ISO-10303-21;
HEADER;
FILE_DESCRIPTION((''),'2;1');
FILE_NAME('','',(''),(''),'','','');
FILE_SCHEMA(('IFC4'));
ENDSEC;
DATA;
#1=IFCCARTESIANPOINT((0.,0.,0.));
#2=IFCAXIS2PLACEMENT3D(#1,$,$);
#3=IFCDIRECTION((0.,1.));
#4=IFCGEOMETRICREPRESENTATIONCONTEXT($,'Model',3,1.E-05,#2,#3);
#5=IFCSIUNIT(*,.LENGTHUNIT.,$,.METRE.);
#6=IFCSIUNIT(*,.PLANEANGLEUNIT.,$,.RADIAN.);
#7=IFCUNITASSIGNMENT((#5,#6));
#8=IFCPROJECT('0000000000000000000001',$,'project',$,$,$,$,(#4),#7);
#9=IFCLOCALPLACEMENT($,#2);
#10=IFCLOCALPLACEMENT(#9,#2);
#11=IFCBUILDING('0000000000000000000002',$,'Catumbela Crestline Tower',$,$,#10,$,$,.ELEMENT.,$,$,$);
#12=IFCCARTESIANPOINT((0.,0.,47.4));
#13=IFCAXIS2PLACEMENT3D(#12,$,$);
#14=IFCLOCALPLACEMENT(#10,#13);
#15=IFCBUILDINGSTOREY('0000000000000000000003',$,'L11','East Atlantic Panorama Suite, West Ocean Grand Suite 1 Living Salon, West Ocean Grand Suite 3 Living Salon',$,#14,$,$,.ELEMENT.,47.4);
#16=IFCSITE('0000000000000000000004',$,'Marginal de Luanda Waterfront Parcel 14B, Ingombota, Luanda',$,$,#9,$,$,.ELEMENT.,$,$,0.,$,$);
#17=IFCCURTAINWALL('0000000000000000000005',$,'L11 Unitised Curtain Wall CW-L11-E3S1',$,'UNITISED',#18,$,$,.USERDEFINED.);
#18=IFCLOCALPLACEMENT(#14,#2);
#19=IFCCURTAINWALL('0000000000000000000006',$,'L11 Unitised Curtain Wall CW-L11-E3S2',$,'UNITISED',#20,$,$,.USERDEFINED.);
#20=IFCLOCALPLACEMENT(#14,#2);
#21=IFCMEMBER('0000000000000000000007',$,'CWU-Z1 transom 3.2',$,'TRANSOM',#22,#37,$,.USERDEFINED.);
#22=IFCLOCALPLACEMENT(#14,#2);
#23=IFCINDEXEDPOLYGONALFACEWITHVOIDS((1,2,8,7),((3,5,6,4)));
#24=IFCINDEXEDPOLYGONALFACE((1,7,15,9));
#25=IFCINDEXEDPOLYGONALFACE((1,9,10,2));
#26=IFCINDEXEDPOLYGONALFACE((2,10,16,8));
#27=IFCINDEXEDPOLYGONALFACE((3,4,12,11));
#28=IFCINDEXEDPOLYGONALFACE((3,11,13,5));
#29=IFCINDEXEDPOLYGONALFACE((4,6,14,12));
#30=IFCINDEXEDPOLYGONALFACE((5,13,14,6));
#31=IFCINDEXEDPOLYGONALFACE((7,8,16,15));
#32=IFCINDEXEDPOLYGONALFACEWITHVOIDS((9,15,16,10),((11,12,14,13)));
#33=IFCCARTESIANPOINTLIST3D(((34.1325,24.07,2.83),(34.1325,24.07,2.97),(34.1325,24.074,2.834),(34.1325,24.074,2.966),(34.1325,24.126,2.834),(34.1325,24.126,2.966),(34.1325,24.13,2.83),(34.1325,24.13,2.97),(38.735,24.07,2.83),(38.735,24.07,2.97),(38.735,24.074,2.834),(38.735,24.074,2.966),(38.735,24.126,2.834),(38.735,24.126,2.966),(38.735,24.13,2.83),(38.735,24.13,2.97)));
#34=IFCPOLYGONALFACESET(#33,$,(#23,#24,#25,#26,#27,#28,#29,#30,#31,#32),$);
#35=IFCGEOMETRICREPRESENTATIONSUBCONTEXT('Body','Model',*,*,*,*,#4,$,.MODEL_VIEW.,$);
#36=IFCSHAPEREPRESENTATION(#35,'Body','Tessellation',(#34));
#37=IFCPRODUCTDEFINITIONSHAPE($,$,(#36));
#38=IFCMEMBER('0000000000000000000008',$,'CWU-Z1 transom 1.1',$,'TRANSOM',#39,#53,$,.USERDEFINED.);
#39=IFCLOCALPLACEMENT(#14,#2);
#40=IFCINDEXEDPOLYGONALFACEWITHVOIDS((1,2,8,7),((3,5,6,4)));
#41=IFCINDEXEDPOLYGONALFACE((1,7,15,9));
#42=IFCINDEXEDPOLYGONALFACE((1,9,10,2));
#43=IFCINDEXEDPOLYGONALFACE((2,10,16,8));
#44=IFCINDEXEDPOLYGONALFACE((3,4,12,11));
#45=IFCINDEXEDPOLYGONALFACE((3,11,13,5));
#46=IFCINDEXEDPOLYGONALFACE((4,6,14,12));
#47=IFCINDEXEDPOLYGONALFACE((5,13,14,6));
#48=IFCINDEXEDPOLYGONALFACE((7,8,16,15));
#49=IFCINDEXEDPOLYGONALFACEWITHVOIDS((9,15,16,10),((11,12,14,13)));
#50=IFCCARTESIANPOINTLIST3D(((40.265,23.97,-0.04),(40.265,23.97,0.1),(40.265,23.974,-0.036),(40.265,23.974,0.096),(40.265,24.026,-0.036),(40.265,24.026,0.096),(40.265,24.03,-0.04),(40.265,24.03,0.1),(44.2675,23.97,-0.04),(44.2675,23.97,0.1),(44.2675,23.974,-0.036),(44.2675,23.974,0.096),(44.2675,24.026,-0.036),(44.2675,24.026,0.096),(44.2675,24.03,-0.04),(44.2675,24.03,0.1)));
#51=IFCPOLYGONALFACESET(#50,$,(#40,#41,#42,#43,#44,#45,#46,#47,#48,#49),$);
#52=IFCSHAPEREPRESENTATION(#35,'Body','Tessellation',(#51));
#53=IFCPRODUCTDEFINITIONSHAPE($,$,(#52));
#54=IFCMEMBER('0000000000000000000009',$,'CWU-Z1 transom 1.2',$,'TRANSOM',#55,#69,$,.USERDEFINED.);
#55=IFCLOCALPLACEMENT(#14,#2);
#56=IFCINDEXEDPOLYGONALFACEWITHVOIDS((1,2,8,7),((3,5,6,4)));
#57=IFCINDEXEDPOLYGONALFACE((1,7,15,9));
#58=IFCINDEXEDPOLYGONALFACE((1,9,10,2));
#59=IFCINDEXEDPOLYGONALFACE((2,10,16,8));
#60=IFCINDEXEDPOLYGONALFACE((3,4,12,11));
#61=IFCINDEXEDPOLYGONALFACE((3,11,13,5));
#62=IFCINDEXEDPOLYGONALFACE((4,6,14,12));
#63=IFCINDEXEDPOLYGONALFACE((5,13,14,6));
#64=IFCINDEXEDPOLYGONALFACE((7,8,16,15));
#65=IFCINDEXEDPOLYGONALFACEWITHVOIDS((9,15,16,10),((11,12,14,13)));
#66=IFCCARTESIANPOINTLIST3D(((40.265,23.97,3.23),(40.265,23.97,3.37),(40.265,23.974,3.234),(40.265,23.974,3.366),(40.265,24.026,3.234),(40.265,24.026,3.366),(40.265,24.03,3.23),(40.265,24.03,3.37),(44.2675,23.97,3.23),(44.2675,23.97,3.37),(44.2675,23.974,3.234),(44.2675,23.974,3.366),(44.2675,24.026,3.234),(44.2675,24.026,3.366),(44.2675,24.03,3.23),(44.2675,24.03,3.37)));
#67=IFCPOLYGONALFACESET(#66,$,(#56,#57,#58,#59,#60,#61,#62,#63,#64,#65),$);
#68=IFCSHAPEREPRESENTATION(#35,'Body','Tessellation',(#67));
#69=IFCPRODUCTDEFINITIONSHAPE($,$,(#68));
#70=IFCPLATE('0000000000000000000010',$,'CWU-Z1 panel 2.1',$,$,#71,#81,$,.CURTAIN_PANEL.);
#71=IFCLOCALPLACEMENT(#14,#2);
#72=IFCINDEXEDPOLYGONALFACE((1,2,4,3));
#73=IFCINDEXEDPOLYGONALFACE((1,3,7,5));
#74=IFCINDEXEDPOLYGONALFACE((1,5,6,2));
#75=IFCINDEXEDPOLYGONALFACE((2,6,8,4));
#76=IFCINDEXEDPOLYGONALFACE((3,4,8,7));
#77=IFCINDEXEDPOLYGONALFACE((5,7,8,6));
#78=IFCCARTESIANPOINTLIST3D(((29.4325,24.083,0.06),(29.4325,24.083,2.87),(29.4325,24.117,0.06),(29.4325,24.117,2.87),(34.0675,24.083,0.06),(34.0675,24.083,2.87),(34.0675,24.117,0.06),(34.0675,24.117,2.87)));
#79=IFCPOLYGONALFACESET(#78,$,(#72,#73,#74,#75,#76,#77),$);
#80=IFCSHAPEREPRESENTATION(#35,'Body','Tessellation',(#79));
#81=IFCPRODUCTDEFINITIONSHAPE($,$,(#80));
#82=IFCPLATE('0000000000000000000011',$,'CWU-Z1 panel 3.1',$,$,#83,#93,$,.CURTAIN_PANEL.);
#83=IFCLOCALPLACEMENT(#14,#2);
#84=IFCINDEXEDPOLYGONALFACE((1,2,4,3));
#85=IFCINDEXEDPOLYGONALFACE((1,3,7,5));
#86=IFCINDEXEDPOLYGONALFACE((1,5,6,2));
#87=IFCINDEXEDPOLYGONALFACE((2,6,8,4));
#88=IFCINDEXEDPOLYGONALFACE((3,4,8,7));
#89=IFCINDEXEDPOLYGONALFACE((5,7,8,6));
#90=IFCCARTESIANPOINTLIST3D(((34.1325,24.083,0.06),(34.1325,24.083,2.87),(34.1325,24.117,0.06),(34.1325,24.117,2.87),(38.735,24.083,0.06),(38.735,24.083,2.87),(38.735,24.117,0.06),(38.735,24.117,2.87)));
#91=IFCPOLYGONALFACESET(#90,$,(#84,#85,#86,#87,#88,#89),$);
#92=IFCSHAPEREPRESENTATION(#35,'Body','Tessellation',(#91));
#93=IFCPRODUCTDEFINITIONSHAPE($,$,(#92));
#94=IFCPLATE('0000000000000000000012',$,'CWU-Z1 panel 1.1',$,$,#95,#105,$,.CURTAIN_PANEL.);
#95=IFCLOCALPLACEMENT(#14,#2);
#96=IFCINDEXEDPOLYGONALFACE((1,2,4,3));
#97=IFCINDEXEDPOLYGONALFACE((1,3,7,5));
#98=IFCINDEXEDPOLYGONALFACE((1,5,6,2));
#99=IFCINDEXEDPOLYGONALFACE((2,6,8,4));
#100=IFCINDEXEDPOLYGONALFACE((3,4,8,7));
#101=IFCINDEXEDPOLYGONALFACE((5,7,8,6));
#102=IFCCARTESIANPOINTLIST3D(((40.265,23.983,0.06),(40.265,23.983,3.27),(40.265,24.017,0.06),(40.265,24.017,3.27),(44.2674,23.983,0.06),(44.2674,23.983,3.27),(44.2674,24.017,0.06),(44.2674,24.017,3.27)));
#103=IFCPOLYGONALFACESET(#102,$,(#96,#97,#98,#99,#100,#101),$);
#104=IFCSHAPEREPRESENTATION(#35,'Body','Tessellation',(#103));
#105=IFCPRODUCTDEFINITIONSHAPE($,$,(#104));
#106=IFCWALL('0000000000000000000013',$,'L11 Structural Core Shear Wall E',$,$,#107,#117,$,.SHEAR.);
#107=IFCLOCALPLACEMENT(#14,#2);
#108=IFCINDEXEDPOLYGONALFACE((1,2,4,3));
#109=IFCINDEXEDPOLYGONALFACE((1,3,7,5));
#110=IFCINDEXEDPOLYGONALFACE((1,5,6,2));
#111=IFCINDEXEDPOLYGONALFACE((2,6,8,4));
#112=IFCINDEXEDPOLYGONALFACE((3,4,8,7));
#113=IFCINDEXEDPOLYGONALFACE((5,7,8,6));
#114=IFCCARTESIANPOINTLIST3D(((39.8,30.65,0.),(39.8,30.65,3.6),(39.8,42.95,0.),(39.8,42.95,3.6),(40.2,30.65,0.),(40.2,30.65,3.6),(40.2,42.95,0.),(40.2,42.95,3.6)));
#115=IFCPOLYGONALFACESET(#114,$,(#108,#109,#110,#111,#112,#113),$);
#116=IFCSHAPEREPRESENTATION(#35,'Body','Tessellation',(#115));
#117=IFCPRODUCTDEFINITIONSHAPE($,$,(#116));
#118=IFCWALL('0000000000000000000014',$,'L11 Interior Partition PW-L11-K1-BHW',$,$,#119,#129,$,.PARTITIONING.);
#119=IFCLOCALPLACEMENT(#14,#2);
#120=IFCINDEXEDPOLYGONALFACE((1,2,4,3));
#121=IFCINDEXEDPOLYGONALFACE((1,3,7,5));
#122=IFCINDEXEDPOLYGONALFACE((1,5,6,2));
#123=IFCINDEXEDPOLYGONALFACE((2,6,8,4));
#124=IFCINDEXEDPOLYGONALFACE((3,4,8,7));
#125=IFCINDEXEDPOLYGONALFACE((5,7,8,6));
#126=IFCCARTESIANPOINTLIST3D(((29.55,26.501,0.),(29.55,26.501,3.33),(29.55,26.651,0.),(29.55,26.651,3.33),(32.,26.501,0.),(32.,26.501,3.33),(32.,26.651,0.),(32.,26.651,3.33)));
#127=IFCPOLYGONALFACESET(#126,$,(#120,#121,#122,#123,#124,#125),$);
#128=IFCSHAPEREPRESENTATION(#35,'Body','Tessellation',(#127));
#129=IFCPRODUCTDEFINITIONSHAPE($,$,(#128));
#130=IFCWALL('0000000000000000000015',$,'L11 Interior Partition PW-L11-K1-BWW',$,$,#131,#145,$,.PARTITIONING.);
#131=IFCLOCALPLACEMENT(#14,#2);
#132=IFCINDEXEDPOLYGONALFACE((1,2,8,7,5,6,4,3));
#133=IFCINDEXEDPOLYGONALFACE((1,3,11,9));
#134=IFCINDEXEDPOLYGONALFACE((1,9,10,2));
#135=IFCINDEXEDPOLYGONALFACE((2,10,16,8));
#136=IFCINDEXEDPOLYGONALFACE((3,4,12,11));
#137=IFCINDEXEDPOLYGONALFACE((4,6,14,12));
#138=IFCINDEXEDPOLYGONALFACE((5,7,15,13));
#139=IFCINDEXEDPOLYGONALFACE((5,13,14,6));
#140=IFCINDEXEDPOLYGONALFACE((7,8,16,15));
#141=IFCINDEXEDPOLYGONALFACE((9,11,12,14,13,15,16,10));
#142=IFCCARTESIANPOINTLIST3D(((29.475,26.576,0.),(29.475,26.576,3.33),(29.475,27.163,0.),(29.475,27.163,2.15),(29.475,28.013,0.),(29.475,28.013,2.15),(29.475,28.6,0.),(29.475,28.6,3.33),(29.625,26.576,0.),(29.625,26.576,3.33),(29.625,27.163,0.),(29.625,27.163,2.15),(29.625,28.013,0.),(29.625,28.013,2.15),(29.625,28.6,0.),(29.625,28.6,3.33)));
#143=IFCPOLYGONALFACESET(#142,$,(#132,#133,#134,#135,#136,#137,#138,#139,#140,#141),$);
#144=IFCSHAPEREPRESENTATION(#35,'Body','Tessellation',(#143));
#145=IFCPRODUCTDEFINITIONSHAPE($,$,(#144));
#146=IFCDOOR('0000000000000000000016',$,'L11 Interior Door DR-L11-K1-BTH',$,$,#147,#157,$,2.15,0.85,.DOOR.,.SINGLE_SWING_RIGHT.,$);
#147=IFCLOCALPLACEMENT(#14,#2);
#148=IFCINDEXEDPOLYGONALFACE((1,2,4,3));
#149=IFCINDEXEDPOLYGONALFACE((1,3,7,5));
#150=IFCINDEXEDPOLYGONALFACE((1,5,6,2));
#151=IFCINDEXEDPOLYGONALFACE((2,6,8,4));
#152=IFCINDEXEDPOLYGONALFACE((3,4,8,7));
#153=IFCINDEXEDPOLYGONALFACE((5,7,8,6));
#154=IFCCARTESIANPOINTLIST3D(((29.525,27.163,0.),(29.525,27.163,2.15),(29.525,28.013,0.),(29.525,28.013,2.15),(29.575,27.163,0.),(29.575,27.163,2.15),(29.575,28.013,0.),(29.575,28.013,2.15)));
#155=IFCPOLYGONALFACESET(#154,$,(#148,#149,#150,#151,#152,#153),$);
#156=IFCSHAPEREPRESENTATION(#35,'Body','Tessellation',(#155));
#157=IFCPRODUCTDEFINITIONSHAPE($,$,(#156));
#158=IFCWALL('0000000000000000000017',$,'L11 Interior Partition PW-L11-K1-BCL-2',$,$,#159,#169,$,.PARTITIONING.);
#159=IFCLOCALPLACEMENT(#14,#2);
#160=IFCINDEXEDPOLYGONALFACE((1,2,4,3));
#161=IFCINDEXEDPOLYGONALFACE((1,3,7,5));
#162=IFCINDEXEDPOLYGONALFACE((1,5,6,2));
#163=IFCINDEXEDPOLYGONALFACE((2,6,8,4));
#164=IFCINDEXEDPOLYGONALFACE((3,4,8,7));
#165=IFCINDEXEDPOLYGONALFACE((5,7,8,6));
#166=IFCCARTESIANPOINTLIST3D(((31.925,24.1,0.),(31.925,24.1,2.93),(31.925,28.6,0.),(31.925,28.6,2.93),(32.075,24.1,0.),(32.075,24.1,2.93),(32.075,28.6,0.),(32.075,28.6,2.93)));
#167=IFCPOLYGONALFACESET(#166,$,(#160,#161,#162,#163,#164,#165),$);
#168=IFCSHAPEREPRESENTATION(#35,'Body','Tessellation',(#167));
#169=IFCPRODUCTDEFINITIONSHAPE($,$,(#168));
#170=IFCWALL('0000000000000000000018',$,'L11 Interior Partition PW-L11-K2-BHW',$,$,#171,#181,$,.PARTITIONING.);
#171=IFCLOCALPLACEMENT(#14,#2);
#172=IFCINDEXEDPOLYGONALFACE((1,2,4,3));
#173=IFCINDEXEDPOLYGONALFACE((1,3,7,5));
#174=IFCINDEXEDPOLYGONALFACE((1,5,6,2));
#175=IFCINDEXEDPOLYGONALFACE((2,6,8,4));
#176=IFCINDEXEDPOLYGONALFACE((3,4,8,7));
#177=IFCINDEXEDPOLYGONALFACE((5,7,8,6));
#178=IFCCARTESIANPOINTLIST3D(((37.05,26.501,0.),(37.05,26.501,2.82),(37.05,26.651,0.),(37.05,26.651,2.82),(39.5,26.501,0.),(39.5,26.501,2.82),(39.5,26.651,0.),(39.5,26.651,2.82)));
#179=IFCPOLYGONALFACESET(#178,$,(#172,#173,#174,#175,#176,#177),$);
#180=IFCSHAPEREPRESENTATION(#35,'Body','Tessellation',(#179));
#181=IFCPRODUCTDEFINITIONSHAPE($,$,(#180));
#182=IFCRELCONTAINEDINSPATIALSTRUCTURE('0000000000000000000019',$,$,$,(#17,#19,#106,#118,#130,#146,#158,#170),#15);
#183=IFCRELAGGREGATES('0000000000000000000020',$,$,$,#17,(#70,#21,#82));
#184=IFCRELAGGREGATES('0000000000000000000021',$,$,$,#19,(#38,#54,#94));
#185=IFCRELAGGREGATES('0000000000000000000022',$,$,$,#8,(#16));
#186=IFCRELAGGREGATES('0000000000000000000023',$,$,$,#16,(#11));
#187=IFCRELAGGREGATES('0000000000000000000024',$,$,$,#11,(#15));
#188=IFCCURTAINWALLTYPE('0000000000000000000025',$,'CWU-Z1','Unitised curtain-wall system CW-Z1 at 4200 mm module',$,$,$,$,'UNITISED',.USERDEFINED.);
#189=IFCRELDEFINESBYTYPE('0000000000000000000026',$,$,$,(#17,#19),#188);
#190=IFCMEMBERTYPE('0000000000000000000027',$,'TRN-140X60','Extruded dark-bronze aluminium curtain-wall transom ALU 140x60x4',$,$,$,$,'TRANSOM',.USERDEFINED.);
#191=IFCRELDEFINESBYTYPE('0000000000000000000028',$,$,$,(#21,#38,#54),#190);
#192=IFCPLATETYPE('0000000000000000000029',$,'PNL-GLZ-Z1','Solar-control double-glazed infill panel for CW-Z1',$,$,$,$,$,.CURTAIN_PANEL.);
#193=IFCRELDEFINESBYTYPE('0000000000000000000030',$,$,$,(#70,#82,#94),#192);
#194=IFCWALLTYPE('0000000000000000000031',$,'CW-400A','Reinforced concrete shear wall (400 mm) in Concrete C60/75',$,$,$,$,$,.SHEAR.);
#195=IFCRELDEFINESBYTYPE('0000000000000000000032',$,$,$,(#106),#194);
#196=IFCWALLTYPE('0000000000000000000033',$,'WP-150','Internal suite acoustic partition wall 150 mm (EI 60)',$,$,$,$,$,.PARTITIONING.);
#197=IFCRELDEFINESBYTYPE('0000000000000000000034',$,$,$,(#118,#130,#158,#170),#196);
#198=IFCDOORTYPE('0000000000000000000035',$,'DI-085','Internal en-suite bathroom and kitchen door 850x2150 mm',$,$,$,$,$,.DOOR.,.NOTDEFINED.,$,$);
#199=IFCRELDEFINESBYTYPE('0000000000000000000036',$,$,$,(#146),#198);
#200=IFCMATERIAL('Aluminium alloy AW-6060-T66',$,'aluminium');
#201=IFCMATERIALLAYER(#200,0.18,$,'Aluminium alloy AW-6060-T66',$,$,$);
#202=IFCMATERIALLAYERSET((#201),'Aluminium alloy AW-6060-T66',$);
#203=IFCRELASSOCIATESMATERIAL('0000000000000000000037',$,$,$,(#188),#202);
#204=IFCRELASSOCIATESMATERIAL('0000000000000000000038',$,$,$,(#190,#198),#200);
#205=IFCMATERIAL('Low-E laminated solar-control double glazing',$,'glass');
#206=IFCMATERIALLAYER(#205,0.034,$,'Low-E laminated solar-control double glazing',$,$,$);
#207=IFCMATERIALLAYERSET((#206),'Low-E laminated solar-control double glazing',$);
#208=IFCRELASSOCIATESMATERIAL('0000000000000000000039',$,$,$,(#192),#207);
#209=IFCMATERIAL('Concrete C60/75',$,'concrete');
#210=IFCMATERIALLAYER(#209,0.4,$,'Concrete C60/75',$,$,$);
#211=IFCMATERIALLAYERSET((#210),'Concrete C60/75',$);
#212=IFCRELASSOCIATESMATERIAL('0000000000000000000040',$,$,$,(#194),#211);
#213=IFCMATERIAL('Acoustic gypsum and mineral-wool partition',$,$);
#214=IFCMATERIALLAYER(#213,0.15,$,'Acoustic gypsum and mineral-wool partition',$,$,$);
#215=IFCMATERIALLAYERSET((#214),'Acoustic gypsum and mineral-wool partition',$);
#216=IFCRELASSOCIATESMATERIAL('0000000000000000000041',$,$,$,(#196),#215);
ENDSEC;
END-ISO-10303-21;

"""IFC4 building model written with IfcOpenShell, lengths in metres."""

from ifc_helpers import new_model, si_unit, direction, frame, frame_2d, origin, origin_2d, place, context, subcontext, project, spatial, rectangle, hollow_rectangle, extrude, material, layer, layer_set, material_profile, profile_set, type_object, element, fill, aggregate, save


model = new_model("IFC4")

# Units and contexts
model_context = context("Model", 3, precision=1e-05, world=origin(), true_north=direction((0.0, 1.0)))
body_context = subcontext(model_context, "Body", "Model", "MODEL_VIEW")
ifc_project = project(units=[si_unit("LENGTHUNIT", "METRE"), si_unit("PLANEANGLEUNIT", "RADIAN")], contexts=[model_context])

# Site, building, storey
site_placement = place(None, origin())
site = spatial("IfcSite", under=ifc_project, at=site_placement, Name="Marginal de Luanda Waterfront Parcel 14B, Ingombota, Luanda", CompositionType="ELEMENT", RefElevation=0.0)
building_placement = place(site_placement, origin())
building = spatial("IfcBuilding", under=site, at=building_placement, Name="Catumbela Crestline Tower", CompositionType="ELEMENT")
storey_placement = place(building_placement, frame((0.0, 0.0, 47.4)))
storey = spatial("IfcBuildingStorey", under=building, at=storey_placement, Name="L11", Description="East Atlantic Panorama Suite, West Ocean Grand Suite 1 Living Salon, West Ocean Grand Suite 3 Living Salon", CompositionType="ELEMENT", Elevation=47.4)

# Shared definitions
ifc_material_1 = material(Name="Concrete C60/75", Category="concrete")

# Curtain walls
ifc_material_2 = material(Name="Aluminium alloy AW-6060-T66", Category="aluminium")
ifc_layer_1 = layer(ifc_material_2, 0.18, Name="Aluminium alloy AW-6060-T66")
ifc_layer_set_1 = layer_set([ifc_layer_1], Name="Aluminium alloy AW-6060-T66")
curtain_wall_type = type_object("IfcCurtainWallType", Name="CWU-Z1", Description="Unitised curtain-wall system CW-Z1 at 4200 mm module", ElementType="UNITISED", PredefinedType="USERDEFINED", material=ifc_layer_set_1)
curtain_wall_1_placement = place(storey_placement, origin())
curtain_wall_1 = element("IfcCurtainWall", 1, at=curtain_wall_1_placement, inside=storey, type_object=curtain_wall_type, Name="L11 Unitised Curtain Wall CW-L11-E3S1", ObjectType="UNITISED", PredefinedType="USERDEFINED")
curtain_wall_2_placement = place(storey_placement, origin())
curtain_wall_2 = element("IfcCurtainWall", 2, at=curtain_wall_2_placement, inside=storey, type_object=curtain_wall_type, Name="L11 Unitised Curtain Wall CW-L11-E3S2", ObjectType="UNITISED", PredefinedType="USERDEFINED")

# Members
ifc_material_profile_1 = material_profile(ifc_material_2, hollow_rectangle(XDim=0.06, YDim=0.14, WallThickness=0.004, at=origin_2d()), Name="ALU 140x60x4")
ifc_profile_set_1 = profile_set([ifc_material_profile_1], Name="Aluminium alloy AW-6060-T66")
member_type_1 = type_object("IfcMemberType", Name="TRN-140X60", Description="Extruded dark-bronze aluminium curtain-wall transom ALU 140x60x4", ElementType="TRANSOM", PredefinedType="USERDEFINED", material=ifc_profile_set_1)
member_1_placement = place(storey_placement, frame((34.1325, 24.1, 2.9), z_axis=(1.0, 0.0, 0.0), x_axis=(0.0, 1.0, 0.0)))
member_1 = element("IfcMember", 3, at=member_1_placement, type_object=member_type_1, Name="CWU-Z1 transom 3.2", ObjectType="TRANSOM", PredefinedType="USERDEFINED", context=body_context, shape_type="SweptSolid", body=[
    extrude(hollow_rectangle(XDim=0.06, YDim=0.14, WallThickness=0.004, at=origin_2d()), origin(), (0.0, 0.0, 1.0), 4.6025),
])
member_2_placement = place(storey_placement, frame((40.265, 24.0, 0.03), z_axis=(1.0, 0.0, 0.0), x_axis=(0.0, 1.0, 0.0)))
member_2 = element("IfcMember", 4, at=member_2_placement, type_object=member_type_1, Name="CWU-Z1 transom 1.1", ObjectType="TRANSOM", PredefinedType="USERDEFINED", context=body_context, shape_type="SweptSolid", body=[
    extrude(hollow_rectangle(XDim=0.06, YDim=0.14, WallThickness=0.004, at=origin_2d()), origin(), (0.0, 0.0, 1.0), 4.0025),
])
member_3_placement = place(storey_placement, frame((40.265, 24.0, 3.3), z_axis=(1.0, 0.0, 0.0), x_axis=(0.0, 1.0, 0.0)))
member_3 = element("IfcMember", 5, at=member_3_placement, type_object=member_type_1, Name="CWU-Z1 transom 1.2", ObjectType="TRANSOM", PredefinedType="USERDEFINED", context=body_context, shape_type="SweptSolid", body=[
    extrude(hollow_rectangle(XDim=0.06, YDim=0.14, WallThickness=0.004, at=origin_2d()), origin(), (0.0, 0.0, 1.0), 4.0025),
])

# Plates
ifc_material_3 = material(Name="Low-E laminated solar-control double glazing", Category="glass")
ifc_layer_2 = layer(ifc_material_3, 0.034, Name="Low-E laminated solar-control double glazing")
ifc_layer_set_2 = layer_set([ifc_layer_2], Name="Low-E laminated solar-control double glazing")
plate_type = type_object("IfcPlateType", Name="PNL-GLZ-Z1", Description="Solar-control double-glazed infill panel for CW-Z1", PredefinedType="CURTAIN_PANEL", material=ifc_layer_set_2)
plate_1_placement = place(storey_placement, frame((31.75, 24.1, 0.06), z_axis=(0.0, 0.0, 1.0), x_axis=(1.0, 0.0, 0.0)))
plate_1 = element("IfcPlate", 6, at=plate_1_placement, type_object=plate_type, Name="CWU-Z1 panel 2.1", PredefinedType="CURTAIN_PANEL", context=body_context, shape_type="SweptSolid", body=[
    extrude(rectangle(XDim=4.635, YDim=0.034, at=origin_2d()), origin(), (0.0, 0.0, 1.0), 2.81),
])
plate_2_placement = place(storey_placement, frame((36.4338, 24.1, 0.06), z_axis=(0.0, 0.0, 1.0), x_axis=(1.0, 0.0, 0.0)))
plate_2 = element("IfcPlate", 7, at=plate_2_placement, type_object=plate_type, Name="CWU-Z1 panel 3.1", PredefinedType="CURTAIN_PANEL", context=body_context, shape_type="SweptSolid", body=[
    extrude(rectangle(XDim=4.6025, YDim=0.034, at=origin_2d()), origin(), (0.0, 0.0, 1.0), 2.81),
])
aggregate(curtain_wall_1, [plate_1, member_1, plate_2])
plate_3_placement = place(storey_placement, frame((42.2662, 24.0, 0.06), z_axis=(0.0, 0.0, 1.0), x_axis=(1.0, 0.0, 0.0)))
plate_3 = element("IfcPlate", 8, at=plate_3_placement, type_object=plate_type, Name="CWU-Z1 panel 1.1", PredefinedType="CURTAIN_PANEL", context=body_context, shape_type="SweptSolid", body=[
    extrude(rectangle(XDim=4.0025, YDim=0.034, at=origin_2d()), origin(), (0.0, 0.0, 1.0), 3.21),
])
aggregate(curtain_wall_2, [member_2, member_3, plate_3])

# Walls
ifc_layer_3 = layer(ifc_material_1, 0.4, Name="Concrete C60/75")
ifc_layer_set_3 = layer_set([ifc_layer_3], Name="Concrete C60/75")
wall_type_1 = type_object("IfcWallType", Name="CW-400A", Description="Reinforced concrete shear wall (400 mm) in Concrete C60/75", PredefinedType="SHEAR", material=ifc_layer_set_3)
wall_1_placement = place(storey_placement, frame((40.0, 30.65, 0.0), z_axis=(0.0, 0.0, 1.0), x_axis=(0.0, 1.0, 0.0)))
element("IfcWall", 9, at=wall_1_placement, inside=storey, type_object=wall_type_1, Name="L11 Structural Core Shear Wall E", PredefinedType="SHEAR", context=body_context, shape_type="SweptSolid", body=[
    extrude(rectangle(XDim=12.3, YDim=0.4, at=frame_2d((6.15, 0.0))), origin(), (0.0, 0.0, 1.0), 3.6),
])
ifc_material_4 = material(Name="Acoustic gypsum and mineral-wool partition")
ifc_layer_4 = layer(ifc_material_4, 0.15, Name="Acoustic gypsum and mineral-wool partition")
ifc_layer_set_4 = layer_set([ifc_layer_4], Name="Acoustic gypsum and mineral-wool partition")
wall_type_2 = type_object("IfcWallType", Name="WP-150", Description="Internal suite acoustic partition wall 150 mm (EI 60)", PredefinedType="PARTITIONING", material=ifc_layer_set_4)
wall_2_placement = place(storey_placement, frame((29.55, 26.576, 0.0), z_axis=(0.0, 0.0, 1.0), x_axis=(1.0, 0.0, 0.0)))
element("IfcWall", 10, at=wall_2_placement, inside=storey, type_object=wall_type_2, Name="L11 Interior Partition PW-L11-K1-BHW", PredefinedType="PARTITIONING", context=body_context, shape_type="SweptSolid", body=[
    extrude(rectangle(XDim=2.45, YDim=0.15, at=frame_2d((1.225, 0.0))), origin(), (0.0, 0.0, 1.0), 3.33),
])

# Wall, opening, door
wall_3_placement = place(storey_placement, frame((29.55, 26.576, 0.0), z_axis=(0.0, 0.0, 1.0), x_axis=(0.0, 1.0, 0.0)))
wall_3 = element("IfcWall", 11, at=wall_3_placement, inside=storey, type_object=wall_type_2, Name="L11 Interior Partition PW-L11-K1-BWW", PredefinedType="PARTITIONING", context=body_context, shape_type="SweptSolid", body=[
    extrude(rectangle(XDim=2.024, YDim=0.15, at=frame_2d((1.012, 0.0))), origin(), (0.0, 0.0, 1.0), 3.33),
])
opening_1_placement = place(wall_3_placement, frame((0.587, 0.0, 0.0)))
opening_1 = element("IfcOpeningElement", 12, at=opening_1_placement, cuts=wall_3, PredefinedType="OPENING", context=body_context, shape_type="SweptSolid", body=[
    extrude(rectangle(XDim=0.85, YDim=2.15, at=frame_2d((0.425, 1.075))), frame((0.0, 0.085, 0.0), z_axis=(0.0, -1.0, 0.0), x_axis=(1.0, 0.0, 0.0)), (0.0, 0.0, 1.0), 0.17),
])
door_type = type_object("IfcDoorType", Name="DI-085", Description="Internal en-suite bathroom and kitchen door 850x2150 mm", OperationType="NOTDEFINED", PredefinedType="DOOR", material=ifc_material_2)
door_1_placement = place(opening_1_placement, origin())
door_1 = element("IfcDoor", 13, at=door_1_placement, inside=storey, type_object=door_type, Name="L11 Interior Door DR-L11-K1-BTH", OperationType="SINGLE_SWING_RIGHT", OverallHeight=2.15, OverallWidth=0.85, PredefinedType="DOOR", context=body_context, shape_type="SweptSolid", body=[
    extrude(rectangle(XDim=0.85, YDim=2.15, at=frame_2d((0.425, 1.075))), frame((0.0, 0.025, 0.0), z_axis=(0.0, -1.0, 0.0), x_axis=(1.0, 0.0, 0.0)), (0.0, 0.0, 1.0), 0.05),
])
fill(opening_1, door_1)

# Walls
wall_4_placement = place(storey_placement, frame((32.0, 28.6, 0.0), z_axis=(0.0, 0.0, 1.0), x_axis=(0.0, -1.0, 0.0)))
element("IfcWall", 14, at=wall_4_placement, inside=storey, type_object=wall_type_2, Name="L11 Interior Partition PW-L11-K1-BCL-2", PredefinedType="PARTITIONING", context=body_context, shape_type="SweptSolid", body=[
    extrude(rectangle(XDim=4.5, YDim=0.15, at=frame_2d((2.25, 0.0))), origin(), (0.0, 0.0, 1.0), 2.93),
])
wall_5_placement = place(storey_placement, frame((37.05, 26.576, 0.0), z_axis=(0.0, 0.0, 1.0), x_axis=(1.0, 0.0, 0.0)))
element("IfcWall", 15, at=wall_5_placement, inside=storey, type_object=wall_type_2, Name="L11 Interior Partition PW-L11-K2-BHW", PredefinedType="PARTITIONING", context=body_context, shape_type="SweptSolid", body=[
    extrude(rectangle(XDim=2.45, YDim=0.15, at=frame_2d((1.225, 0.0))), origin(), (0.0, 0.0, 1.0), 2.82),
])

save(model, "model.ifc")
